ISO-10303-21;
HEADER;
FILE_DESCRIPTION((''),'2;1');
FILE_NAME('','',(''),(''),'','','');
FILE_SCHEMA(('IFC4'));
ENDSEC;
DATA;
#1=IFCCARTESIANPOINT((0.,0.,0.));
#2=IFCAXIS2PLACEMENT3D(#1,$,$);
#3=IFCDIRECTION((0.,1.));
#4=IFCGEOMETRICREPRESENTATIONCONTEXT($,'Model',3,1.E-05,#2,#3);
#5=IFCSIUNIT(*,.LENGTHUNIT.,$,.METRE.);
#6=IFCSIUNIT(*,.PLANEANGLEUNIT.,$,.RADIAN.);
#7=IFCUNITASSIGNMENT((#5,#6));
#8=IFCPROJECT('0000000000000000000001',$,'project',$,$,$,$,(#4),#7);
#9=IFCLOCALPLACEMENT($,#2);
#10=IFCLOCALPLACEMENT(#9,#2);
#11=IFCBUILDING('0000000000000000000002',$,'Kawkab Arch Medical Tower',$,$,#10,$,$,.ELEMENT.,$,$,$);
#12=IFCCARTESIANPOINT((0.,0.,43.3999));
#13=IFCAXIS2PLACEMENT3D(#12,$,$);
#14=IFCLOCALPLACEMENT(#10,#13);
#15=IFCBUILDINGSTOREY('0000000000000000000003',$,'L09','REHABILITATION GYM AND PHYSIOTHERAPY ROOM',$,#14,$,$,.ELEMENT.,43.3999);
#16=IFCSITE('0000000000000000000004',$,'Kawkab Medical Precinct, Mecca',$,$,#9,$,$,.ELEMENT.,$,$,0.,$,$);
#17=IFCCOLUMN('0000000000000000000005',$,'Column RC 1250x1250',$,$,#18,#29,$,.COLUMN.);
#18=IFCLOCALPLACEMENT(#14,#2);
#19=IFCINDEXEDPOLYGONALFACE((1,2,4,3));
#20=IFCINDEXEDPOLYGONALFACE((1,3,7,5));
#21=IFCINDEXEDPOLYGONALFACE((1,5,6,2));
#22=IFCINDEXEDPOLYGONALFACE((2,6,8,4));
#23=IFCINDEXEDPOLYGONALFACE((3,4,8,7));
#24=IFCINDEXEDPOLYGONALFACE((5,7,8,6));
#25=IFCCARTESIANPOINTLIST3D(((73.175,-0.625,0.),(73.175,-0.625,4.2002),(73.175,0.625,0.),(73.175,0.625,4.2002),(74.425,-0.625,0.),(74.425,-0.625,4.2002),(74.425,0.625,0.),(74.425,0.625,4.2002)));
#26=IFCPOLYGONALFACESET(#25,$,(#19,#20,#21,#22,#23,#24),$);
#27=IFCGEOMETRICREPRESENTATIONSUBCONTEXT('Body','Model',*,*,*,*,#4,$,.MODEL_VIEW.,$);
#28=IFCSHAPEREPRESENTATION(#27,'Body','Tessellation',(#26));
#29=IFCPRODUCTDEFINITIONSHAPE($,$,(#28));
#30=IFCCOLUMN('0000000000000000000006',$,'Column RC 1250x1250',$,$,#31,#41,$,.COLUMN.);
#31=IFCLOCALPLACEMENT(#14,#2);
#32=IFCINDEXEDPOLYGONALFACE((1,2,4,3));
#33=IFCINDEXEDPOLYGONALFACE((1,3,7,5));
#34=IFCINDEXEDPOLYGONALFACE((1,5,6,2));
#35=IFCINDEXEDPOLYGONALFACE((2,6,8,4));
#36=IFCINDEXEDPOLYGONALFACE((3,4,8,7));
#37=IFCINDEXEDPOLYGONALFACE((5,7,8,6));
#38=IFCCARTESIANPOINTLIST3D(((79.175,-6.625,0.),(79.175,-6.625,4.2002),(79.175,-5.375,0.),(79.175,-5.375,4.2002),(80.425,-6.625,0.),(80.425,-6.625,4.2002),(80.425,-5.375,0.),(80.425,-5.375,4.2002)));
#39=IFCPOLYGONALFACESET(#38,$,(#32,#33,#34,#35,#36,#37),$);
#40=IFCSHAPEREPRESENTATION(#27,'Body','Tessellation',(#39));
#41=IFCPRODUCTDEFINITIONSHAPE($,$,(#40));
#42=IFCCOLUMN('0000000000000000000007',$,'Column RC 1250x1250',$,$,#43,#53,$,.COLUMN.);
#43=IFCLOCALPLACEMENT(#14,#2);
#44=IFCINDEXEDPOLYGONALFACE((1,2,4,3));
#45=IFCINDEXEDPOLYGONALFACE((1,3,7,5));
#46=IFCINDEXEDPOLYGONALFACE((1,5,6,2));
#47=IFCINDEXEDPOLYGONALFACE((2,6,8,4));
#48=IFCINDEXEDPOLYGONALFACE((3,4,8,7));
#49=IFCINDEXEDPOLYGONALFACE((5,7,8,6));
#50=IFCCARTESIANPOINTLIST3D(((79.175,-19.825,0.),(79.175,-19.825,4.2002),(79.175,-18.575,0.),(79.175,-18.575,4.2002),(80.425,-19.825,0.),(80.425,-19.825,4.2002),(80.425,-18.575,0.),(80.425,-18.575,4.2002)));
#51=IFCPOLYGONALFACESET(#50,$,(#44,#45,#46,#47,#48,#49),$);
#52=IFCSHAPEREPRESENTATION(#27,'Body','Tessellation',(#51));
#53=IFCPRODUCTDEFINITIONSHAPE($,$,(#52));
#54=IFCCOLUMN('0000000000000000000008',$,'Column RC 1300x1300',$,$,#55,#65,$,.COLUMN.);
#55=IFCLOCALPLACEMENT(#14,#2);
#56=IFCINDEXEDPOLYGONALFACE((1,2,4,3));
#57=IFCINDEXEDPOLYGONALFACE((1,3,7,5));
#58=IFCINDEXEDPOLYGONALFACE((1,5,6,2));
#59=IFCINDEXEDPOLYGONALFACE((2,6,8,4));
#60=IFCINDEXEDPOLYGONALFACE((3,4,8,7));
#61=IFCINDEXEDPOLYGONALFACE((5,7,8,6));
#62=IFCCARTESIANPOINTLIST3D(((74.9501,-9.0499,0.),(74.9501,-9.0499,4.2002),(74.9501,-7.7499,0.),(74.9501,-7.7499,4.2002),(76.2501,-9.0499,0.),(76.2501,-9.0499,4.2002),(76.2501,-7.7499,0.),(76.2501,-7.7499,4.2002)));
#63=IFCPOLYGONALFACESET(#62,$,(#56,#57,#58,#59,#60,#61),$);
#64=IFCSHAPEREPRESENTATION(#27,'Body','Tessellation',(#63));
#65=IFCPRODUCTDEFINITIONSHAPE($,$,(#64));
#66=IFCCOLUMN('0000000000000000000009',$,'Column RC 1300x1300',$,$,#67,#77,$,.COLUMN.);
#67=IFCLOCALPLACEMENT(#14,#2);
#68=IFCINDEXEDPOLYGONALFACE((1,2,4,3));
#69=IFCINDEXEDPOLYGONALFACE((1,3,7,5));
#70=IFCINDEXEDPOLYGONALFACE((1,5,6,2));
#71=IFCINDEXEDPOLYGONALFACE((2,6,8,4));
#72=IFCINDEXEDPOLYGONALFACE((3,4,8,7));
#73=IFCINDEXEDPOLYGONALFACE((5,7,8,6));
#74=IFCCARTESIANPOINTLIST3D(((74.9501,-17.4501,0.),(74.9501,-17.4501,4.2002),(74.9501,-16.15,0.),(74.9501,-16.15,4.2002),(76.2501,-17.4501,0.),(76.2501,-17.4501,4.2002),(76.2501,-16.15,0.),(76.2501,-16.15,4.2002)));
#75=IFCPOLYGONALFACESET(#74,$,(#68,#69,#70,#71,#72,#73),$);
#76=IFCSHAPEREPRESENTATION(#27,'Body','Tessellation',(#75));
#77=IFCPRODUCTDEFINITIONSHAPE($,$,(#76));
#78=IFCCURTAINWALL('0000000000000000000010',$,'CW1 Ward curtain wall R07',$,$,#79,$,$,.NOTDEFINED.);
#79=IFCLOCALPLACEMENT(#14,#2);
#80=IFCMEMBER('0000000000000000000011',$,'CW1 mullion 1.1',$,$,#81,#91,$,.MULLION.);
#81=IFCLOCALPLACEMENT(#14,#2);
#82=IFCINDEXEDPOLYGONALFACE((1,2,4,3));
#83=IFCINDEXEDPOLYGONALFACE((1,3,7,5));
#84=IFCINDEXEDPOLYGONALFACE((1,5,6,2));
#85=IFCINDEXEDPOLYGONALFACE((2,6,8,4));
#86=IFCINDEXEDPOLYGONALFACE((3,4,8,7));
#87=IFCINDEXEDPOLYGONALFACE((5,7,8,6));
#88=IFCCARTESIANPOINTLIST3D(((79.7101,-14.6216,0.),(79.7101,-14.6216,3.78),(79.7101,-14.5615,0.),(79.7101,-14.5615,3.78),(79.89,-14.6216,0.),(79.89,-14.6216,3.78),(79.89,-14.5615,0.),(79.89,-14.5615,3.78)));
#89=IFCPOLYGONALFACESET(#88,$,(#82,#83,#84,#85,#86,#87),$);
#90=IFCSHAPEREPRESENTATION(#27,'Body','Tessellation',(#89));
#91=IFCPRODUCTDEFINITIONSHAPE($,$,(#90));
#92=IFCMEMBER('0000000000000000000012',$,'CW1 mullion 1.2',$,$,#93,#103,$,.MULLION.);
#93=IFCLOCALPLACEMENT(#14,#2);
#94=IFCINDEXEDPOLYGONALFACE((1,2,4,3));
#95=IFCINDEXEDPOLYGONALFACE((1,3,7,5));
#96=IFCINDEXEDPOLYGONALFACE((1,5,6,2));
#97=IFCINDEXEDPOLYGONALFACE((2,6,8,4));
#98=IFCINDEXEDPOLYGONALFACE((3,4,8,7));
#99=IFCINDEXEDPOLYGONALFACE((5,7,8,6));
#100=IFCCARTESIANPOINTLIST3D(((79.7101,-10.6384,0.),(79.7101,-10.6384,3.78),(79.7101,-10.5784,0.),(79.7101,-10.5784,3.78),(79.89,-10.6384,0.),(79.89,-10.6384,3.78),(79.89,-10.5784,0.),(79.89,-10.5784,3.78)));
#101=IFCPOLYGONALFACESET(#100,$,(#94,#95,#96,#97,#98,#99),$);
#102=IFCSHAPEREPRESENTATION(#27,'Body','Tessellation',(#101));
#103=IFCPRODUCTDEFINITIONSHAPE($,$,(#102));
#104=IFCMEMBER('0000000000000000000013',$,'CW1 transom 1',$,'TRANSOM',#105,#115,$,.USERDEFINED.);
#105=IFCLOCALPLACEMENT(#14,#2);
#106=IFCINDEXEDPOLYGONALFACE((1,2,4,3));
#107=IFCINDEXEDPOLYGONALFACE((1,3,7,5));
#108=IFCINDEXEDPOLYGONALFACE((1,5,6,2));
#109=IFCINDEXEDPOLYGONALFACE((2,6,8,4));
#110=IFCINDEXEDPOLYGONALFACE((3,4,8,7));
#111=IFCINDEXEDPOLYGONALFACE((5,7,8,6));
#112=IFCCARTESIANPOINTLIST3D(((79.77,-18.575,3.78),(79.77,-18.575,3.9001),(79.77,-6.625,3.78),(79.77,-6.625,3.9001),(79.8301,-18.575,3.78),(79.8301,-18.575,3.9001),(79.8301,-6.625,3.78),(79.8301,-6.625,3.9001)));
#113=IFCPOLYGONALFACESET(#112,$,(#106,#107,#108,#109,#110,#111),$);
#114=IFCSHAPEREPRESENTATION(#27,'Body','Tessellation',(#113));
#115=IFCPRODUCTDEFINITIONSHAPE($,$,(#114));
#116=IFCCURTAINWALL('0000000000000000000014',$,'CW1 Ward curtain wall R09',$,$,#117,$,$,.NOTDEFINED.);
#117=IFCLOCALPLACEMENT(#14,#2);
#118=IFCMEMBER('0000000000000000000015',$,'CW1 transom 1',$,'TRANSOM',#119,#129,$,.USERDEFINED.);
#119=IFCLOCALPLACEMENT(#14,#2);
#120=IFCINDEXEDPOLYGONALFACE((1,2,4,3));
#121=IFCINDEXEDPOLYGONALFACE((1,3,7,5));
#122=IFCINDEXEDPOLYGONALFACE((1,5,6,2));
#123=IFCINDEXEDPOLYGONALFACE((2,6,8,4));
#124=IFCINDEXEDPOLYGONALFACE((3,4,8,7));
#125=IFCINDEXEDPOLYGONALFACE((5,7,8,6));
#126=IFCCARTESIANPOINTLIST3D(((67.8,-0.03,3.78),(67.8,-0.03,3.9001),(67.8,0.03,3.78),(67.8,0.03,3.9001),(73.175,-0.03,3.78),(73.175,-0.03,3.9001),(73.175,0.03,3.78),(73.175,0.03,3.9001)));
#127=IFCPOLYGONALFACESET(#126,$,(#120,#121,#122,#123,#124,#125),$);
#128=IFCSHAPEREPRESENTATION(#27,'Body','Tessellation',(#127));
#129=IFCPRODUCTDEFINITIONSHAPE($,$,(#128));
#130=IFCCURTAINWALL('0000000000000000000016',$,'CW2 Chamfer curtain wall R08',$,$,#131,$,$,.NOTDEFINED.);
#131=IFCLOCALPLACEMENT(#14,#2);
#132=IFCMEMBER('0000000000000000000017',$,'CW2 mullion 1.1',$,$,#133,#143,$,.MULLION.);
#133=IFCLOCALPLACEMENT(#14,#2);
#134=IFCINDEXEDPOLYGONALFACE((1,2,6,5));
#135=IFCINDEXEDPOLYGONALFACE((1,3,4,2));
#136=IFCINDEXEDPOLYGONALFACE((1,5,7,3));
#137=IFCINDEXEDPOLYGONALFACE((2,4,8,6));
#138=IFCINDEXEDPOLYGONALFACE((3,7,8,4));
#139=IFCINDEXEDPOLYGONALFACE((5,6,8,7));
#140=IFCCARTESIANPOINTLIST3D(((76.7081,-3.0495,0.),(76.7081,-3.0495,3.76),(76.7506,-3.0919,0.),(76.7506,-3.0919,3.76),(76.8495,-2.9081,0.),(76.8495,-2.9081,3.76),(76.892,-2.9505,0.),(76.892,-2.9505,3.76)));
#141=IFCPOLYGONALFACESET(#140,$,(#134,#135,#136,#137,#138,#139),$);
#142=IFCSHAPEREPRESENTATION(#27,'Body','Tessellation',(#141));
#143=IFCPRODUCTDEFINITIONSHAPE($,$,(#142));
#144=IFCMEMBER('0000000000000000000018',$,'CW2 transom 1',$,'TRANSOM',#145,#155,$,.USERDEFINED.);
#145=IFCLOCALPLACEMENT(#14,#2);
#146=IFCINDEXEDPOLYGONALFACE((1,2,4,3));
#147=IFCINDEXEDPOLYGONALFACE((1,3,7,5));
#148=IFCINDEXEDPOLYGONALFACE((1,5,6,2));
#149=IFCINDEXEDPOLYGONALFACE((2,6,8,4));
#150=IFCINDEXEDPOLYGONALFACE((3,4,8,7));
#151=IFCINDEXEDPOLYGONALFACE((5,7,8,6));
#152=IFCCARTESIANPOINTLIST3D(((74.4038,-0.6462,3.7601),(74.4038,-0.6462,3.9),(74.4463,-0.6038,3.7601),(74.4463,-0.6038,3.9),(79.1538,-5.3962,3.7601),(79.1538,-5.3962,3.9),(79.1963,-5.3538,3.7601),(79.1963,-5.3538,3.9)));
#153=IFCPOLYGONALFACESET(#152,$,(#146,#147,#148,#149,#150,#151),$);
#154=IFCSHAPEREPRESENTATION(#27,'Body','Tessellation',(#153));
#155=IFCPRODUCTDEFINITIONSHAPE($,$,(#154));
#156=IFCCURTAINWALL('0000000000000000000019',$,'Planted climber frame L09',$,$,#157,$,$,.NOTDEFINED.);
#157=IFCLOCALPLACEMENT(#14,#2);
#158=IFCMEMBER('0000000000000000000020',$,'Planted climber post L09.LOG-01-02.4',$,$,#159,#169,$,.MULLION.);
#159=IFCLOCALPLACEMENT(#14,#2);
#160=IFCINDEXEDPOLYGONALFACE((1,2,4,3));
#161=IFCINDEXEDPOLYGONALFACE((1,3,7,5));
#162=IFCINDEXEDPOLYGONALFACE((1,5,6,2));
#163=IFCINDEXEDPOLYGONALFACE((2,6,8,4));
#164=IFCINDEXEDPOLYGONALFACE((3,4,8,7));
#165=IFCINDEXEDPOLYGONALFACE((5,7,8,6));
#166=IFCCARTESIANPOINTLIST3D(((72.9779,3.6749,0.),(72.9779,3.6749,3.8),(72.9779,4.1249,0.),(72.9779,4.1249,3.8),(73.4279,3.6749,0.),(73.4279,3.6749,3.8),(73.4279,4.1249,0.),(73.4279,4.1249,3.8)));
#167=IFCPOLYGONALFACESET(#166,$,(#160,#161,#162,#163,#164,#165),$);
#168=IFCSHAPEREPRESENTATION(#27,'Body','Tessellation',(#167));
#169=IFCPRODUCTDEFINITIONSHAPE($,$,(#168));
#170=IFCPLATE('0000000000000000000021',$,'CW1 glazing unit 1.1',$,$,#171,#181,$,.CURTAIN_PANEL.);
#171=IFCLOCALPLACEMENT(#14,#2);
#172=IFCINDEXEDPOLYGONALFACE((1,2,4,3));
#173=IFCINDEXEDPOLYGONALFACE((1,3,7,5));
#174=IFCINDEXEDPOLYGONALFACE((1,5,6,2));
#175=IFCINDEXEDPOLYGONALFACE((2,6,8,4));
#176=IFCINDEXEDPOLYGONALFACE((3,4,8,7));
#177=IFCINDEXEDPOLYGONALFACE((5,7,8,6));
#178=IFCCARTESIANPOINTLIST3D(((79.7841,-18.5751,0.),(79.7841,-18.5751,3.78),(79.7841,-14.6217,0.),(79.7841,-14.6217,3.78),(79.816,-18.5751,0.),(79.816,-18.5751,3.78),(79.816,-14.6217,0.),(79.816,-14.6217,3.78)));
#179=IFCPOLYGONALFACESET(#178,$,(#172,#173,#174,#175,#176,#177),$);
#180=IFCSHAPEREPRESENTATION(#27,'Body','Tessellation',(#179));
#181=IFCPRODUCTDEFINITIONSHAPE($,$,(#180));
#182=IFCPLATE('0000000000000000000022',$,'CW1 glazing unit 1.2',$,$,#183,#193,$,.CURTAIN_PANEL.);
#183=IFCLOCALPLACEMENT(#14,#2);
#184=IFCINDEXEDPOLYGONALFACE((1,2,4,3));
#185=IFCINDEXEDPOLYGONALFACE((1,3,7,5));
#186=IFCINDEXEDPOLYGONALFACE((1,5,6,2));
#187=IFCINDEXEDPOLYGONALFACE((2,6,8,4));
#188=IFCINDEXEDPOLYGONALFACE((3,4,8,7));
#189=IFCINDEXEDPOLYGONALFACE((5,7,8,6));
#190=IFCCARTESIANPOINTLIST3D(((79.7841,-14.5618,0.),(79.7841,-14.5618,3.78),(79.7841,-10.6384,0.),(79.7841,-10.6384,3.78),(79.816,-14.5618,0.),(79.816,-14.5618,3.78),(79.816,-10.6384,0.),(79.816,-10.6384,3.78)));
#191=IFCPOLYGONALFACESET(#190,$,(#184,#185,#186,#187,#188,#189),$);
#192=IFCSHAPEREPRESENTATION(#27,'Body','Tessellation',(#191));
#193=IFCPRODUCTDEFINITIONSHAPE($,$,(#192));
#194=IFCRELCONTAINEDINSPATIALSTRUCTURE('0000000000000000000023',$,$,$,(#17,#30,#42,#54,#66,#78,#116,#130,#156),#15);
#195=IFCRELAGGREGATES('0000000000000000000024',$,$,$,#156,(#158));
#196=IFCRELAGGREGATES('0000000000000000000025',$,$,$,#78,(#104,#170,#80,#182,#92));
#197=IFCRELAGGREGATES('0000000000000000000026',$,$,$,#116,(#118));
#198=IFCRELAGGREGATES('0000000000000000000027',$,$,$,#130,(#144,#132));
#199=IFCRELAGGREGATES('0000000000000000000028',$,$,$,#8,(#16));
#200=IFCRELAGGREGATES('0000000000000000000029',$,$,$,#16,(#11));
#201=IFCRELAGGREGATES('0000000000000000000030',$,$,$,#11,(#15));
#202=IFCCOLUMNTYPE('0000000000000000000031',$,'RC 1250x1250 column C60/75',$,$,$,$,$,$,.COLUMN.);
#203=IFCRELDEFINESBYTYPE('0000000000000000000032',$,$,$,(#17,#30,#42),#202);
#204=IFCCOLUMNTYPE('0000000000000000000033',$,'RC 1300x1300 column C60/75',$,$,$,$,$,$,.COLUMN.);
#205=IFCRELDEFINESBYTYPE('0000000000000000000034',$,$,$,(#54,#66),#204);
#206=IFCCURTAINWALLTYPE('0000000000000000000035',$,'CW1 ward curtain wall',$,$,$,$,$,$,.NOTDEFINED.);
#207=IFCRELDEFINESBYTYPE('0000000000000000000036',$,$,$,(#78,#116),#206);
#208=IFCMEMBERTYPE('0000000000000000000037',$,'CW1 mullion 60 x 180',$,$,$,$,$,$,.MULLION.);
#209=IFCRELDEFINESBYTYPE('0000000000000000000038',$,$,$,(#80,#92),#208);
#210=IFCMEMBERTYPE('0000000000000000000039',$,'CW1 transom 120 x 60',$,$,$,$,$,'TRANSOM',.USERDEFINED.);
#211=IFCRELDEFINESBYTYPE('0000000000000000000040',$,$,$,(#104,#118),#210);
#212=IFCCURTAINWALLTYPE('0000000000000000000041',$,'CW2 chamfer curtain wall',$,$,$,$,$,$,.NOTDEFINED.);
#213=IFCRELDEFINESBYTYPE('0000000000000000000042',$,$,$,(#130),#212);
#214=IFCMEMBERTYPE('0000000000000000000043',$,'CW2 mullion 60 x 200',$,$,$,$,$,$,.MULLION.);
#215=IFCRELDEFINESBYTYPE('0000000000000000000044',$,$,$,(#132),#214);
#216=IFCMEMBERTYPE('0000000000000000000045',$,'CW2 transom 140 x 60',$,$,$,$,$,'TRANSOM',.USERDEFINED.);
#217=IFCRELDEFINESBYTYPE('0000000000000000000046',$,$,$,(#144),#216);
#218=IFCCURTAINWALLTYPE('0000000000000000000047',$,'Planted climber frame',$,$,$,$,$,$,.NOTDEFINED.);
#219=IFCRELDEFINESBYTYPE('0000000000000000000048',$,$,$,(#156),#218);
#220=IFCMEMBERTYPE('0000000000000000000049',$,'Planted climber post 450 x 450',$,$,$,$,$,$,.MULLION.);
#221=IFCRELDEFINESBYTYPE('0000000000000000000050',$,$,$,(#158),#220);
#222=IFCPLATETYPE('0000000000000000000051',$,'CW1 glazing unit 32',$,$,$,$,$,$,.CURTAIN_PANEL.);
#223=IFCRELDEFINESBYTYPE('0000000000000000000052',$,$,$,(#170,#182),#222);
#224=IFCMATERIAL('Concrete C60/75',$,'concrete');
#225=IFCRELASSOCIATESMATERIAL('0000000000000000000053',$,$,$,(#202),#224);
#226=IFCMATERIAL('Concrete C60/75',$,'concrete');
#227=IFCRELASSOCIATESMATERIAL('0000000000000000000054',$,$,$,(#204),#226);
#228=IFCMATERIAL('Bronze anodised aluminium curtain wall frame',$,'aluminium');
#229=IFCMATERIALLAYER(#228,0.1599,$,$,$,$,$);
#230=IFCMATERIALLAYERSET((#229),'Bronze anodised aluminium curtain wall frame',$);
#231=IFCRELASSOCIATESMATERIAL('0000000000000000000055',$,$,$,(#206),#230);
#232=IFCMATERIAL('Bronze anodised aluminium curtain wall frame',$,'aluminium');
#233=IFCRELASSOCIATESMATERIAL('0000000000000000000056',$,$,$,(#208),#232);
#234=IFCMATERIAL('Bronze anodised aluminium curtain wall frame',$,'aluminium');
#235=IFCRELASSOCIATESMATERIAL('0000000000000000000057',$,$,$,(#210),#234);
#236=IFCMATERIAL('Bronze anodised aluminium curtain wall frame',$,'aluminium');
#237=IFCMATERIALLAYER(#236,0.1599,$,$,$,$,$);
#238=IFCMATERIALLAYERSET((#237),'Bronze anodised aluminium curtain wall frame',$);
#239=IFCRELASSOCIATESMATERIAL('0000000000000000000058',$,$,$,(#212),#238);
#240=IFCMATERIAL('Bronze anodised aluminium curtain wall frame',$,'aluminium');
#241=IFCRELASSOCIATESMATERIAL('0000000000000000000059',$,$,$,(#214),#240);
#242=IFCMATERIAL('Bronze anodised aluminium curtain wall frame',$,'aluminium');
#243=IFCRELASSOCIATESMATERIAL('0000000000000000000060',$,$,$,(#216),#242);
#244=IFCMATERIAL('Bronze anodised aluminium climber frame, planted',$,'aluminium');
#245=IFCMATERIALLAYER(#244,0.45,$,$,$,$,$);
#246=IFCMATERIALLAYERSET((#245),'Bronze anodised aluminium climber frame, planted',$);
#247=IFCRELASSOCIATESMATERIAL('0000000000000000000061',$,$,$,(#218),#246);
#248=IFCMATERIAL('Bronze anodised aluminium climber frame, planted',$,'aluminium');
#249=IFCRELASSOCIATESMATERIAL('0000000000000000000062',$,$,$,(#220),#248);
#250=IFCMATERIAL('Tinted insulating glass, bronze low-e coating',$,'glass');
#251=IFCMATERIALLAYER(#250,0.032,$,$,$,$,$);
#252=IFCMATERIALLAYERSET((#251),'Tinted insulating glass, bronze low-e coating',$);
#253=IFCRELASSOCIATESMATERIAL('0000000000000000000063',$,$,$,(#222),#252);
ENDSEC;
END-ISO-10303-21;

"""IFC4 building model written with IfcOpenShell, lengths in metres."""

from ifc_helpers import new_model, si_unit, direction, frame, origin, origin_2d, place, context, subcontext, project, spatial, rectangle, extrude, material, layer, layer_set, material_profile, profile_set, type_object, element, aggregate, save


model = new_model("IFC4")

# Units and contexts
model_context = context("Model", 3, precision=1e-05, world=origin(), true_north=direction((0.0, 1.0)))
body_context = subcontext(model_context, "Body", "Model", "MODEL_VIEW")
ifc_project = project(units=[si_unit("LENGTHUNIT", "METRE"), si_unit("PLANEANGLEUNIT", "RADIAN")], contexts=[model_context])

# Site, building, storey
site_placement = place(None, origin())
site = spatial("IfcSite", under=ifc_project, at=site_placement, Name="Kawkab Medical Precinct, Mecca", CompositionType="ELEMENT", RefElevation=0.0)
building_placement = place(site_placement, origin())
building = spatial("IfcBuilding", under=site, at=building_placement, Name="Kawkab Arch Medical Tower", CompositionType="ELEMENT")
storey_placement = place(building_placement, frame((0.0, 0.0, 43.3999)))
storey = spatial("IfcBuildingStorey", under=building, at=storey_placement, Name="L09", Description="REHABILITATION GYM AND PHYSIOTHERAPY ROOM", CompositionType="ELEMENT", Elevation=43.3999)

# Columns
ifc_material_1 = material(Name="Concrete C60/75", Category="concrete")
ifc_material_profile_1 = material_profile(ifc_material_1, rectangle(XDim=1.25, YDim=1.25, at=origin_2d()), Name="RC 1250x1250")
ifc_profile_set_1 = profile_set([ifc_material_profile_1], Name="Concrete C60/75")
column_type_1 = type_object("IfcColumnType", Name="RC 1250x1250 column C60/75", PredefinedType="COLUMN", material=ifc_profile_set_1)
for number, where, z_axis, x_axis, name in (
    (1, (73.8, 0.0, 0.0), (0.0, 0.0, 1.0), (1.0, 0.0, 0.0), "Column RC 1250x1250"),
    (2, (79.8, -6.0, 0.0), (0.0, 0.0, 1.0), (1.0, 0.0, 0.0), "Column RC 1250x1250"),
    (3, (79.8, -19.2, 0.0), (0.0, 0.0, 1.0), (1.0, 0.0, 0.0), "Column RC 1250x1250"),
):
    element("IfcColumn", number, at=place(storey_placement, frame(where, z_axis=z_axis, x_axis=x_axis)), inside=storey, type_object=column_type_1, Name=name, PredefinedType="COLUMN", context=body_context, shape_type="SweptSolid", body=[
        extrude(rectangle(XDim=1.25, YDim=1.25, at=origin_2d()), origin(), (0.0, 0.0, 1.0), 4.2002),
    ])
ifc_material_2 = material(Name="Concrete C60/75", Category="concrete")
ifc_material_profile_2 = material_profile(ifc_material_2, rectangle(XDim=1.3, YDim=1.3, at=origin_2d()), Name="RC 1300x1300")
ifc_profile_set_2 = profile_set([ifc_material_profile_2], Name="Concrete C60/75")
column_type_2 = type_object("IfcColumnType", Name="RC 1300x1300 column C60/75", PredefinedType="COLUMN", material=ifc_profile_set_2)
for number, where, z_axis, x_axis, name in (
    (4, (75.6001, -8.3999, 0.0), (0.0, 0.0, 1.0), (1.0, 0.0, 0.0), "Column RC 1300x1300"),
    (5, (75.6001, -16.8, 0.0), (0.0, 0.0, 1.0), (1.0, 0.0, 0.0), "Column RC 1300x1300"),
):
    element("IfcColumn", number, at=place(storey_placement, frame(where, z_axis=z_axis, x_axis=x_axis)), inside=storey, type_object=column_type_2, Name=name, PredefinedType="COLUMN", context=body_context, shape_type="SweptSolid", body=[
        extrude(rectangle(XDim=1.3, YDim=1.3, at=origin_2d()), origin(), (0.0, 0.0, 1.0), 4.2002),
    ])

# Curtain wall, members
ifc_material_3 = material(Name="Bronze anodised aluminium curtain wall frame", Category="aluminium")
ifc_layer_1 = layer(ifc_material_3, 0.1599)
ifc_layer_set_1 = layer_set([ifc_layer_1], Name="Bronze anodised aluminium curtain wall frame")
curtain_wall_type_1 = type_object("IfcCurtainWallType", Name="CW1 ward curtain wall", PredefinedType="NOTDEFINED", material=ifc_layer_set_1)
placement = place(storey_placement, origin())
curtain_wall_1 = element("IfcCurtainWall", 6, at=placement, inside=storey, type_object=curtain_wall_type_1, Name="CW1 Ward curtain wall R07", PredefinedType="NOTDEFINED")
ifc_material_4 = material(Name="Bronze anodised aluminium curtain wall frame", Category="aluminium")
ifc_material_profile_3 = material_profile(ifc_material_4, rectangle(XDim=0.1799, YDim=0.0601, at=origin_2d()), Name="AL 60x180")
ifc_profile_set_3 = profile_set([ifc_material_profile_3], Name="Bronze anodised aluminium curtain wall frame")
member_type_1 = type_object("IfcMemberType", Name="CW1 mullion 60 x 180", PredefinedType="MULLION", material=ifc_profile_set_3)
member_1_placement = place(storey_placement, frame((79.8, -14.5916, 0.0), z_axis=(0.0, 0.0, 1.0), x_axis=(-1.0, 0.0, 0.0)))
member_1 = element("IfcMember", 7, at=member_1_placement, type_object=member_type_1, Name="CW1 mullion 1.1", PredefinedType="MULLION", context=body_context, shape_type="SweptSolid", body=[
    extrude(rectangle(XDim=0.1799, YDim=0.0601, at=origin_2d()), origin(), (0.0, 0.0, 1.0), 3.78),
])
member_2_placement = place(storey_placement, frame((79.8, -10.6084, 0.0), z_axis=(0.0, 0.0, 1.0), x_axis=(-1.0, 0.0, 0.0)))
member_2 = element("IfcMember", 8, at=member_2_placement, type_object=member_type_1, Name="CW1 mullion 1.2", PredefinedType="MULLION", context=body_context, shape_type="SweptSolid", body=[
    extrude(rectangle(XDim=0.1799, YDim=0.0601, at=origin_2d()), origin(), (0.0, 0.0, 1.0), 3.78),
])
ifc_material_5 = material(Name="Bronze anodised aluminium curtain wall frame", Category="aluminium")
ifc_material_profile_4 = material_profile(ifc_material_5, rectangle(XDim=0.0601, YDim=0.1201, at=origin_2d()), Name="AL 60x120")
ifc_profile_set_4 = profile_set([ifc_material_profile_4], Name="Bronze anodised aluminium curtain wall frame")
member_type_2 = type_object("IfcMemberType", Name="CW1 transom 120 x 60", ElementType="TRANSOM", PredefinedType="USERDEFINED", material=ifc_profile_set_4)
member_3_placement = place(storey_placement, frame((79.8, -18.575, 3.8401), z_axis=(0.0, 1.0, 0.0), x_axis=(-1.0, 0.0, 0.0)))
member_3 = element("IfcMember", 9, at=member_3_placement, type_object=member_type_2, Name="CW1 transom 1", ObjectType="TRANSOM", PredefinedType="USERDEFINED", context=body_context, shape_type="SweptSolid", body=[
    extrude(rectangle(XDim=0.0601, YDim=0.1201, at=origin_2d()), origin(), (0.0, 0.0, 1.0), 11.95),
])

# Curtain wall, member
curtain_wall_2 = element("IfcCurtainWall", 10, at=placement, inside=storey, type_object=curtain_wall_type_1, Name="CW1 Ward curtain wall R09", PredefinedType="NOTDEFINED")
member_4_placement = place(storey_placement, frame((73.175, 0.0, 3.8401), z_axis=(-1.0, 0.0, 0.0), x_axis=(0.0, -1.0, 0.0)))
member_4 = element("IfcMember", 11, at=member_4_placement, type_object=member_type_2, Name="CW1 transom 1", ObjectType="TRANSOM", PredefinedType="USERDEFINED", context=body_context, shape_type="SweptSolid", body=[
    extrude(rectangle(XDim=0.0601, YDim=0.1201, at=origin_2d()), origin(), (0.0, 0.0, 1.0), 5.375),
])

# Curtain wall, members
ifc_material_6 = material(Name="Bronze anodised aluminium curtain wall frame", Category="aluminium")
ifc_layer_2 = layer(ifc_material_6, 0.1599)
ifc_layer_set_2 = layer_set([ifc_layer_2], Name="Bronze anodised aluminium curtain wall frame")
curtain_wall_type_2 = type_object("IfcCurtainWallType", Name="CW2 chamfer curtain wall", PredefinedType="NOTDEFINED", material=ifc_layer_set_2)
curtain_wall_3 = element("IfcCurtainWall", 12, at=placement, inside=storey, type_object=curtain_wall_type_2, Name="CW2 Chamfer curtain wall R08", PredefinedType="NOTDEFINED")
ifc_material_7 = material(Name="Bronze anodised aluminium curtain wall frame", Category="aluminium")
ifc_material_profile_5 = material_profile(ifc_material_7, rectangle(XDim=0.2, YDim=0.0601, at=origin_2d()), Name="AL 60x200")
ifc_profile_set_5 = profile_set([ifc_material_profile_5], Name="Bronze anodised aluminium curtain wall frame")
member_type_3 = type_object("IfcMemberType", Name="CW2 mullion 60 x 200", PredefinedType="MULLION", material=ifc_profile_set_5)
member_5_placement = place(storey_placement, frame((76.8, -3.0, 0.0), z_axis=(0.0, 0.0, 1.0), x_axis=(-0.707107, -0.707107, 0.0)))
member_5 = element("IfcMember", 13, at=member_5_placement, type_object=member_type_3, Name="CW2 mullion 1.1", PredefinedType="MULLION", context=body_context, shape_type="SweptSolid", body=[
    extrude(rectangle(XDim=0.2, YDim=0.0601, at=origin_2d()), origin(), (0.0, 0.0, 1.0), 3.76),
])
ifc_material_8 = material(Name="Bronze anodised aluminium curtain wall frame", Category="aluminium")
ifc_material_profile_6 = material_profile(ifc_material_8, rectangle(XDim=0.0601, YDim=0.1399, at=origin_2d()), Name="AL 60x140")
ifc_profile_set_6 = profile_set([ifc_material_profile_6], Name="Bronze anodised aluminium curtain wall frame")
member_type_4 = type_object("IfcMemberType", Name="CW2 transom 140 x 60", ElementType="TRANSOM", PredefinedType="USERDEFINED", material=ifc_profile_set_6)
member_6_placement = place(storey_placement, frame((79.175, -5.375, 3.8301), z_axis=(-0.707107, 0.707107, 0.0), x_axis=(-0.707107, -0.707107, 0.0)))
member_6 = element("IfcMember", 14, at=member_6_placement, type_object=member_type_4, Name="CW2 transom 1", ObjectType="TRANSOM", PredefinedType="USERDEFINED", context=body_context, shape_type="SweptSolid", body=[
    extrude(rectangle(XDim=0.0601, YDim=0.1399, at=origin_2d()), origin(), (0.0, 0.0, 1.0), 6.7175),
])

# Curtain wall, member
ifc_material_9 = material(Name="Bronze anodised aluminium climber frame, planted", Category="aluminium")
ifc_layer_3 = layer(ifc_material_9, 0.45)
ifc_layer_set_3 = layer_set([ifc_layer_3], Name="Bronze anodised aluminium climber frame, planted")
curtain_wall_type_3 = type_object("IfcCurtainWallType", Name="Planted climber frame", PredefinedType="NOTDEFINED", material=ifc_layer_set_3)
curtain_wall_4 = element("IfcCurtainWall", 15, at=placement, inside=storey, type_object=curtain_wall_type_3, Name="Planted climber frame L09", PredefinedType="NOTDEFINED")
ifc_material_10 = material(Name="Bronze anodised aluminium climber frame, planted", Category="aluminium")
ifc_material_profile_7 = material_profile(ifc_material_10, rectangle(XDim=0.45, YDim=0.45, at=origin_2d()), Name="Post 450x450")
ifc_profile_set_7 = profile_set([ifc_material_profile_7], Name="Bronze anodised aluminium climber frame, planted")
member_type_5 = type_object("IfcMemberType", Name="Planted climber post 450 x 450", PredefinedType="MULLION", material=ifc_profile_set_7)
member_7_placement = place(storey_placement, frame((73.2029, 3.8999, 0.0), z_axis=(0.0, 0.0, 1.0), x_axis=(1.0, 0.0, 0.0)))
member_7 = element("IfcMember", 16, at=member_7_placement, type_object=member_type_5, Name="Planted climber post L09.LOG-01-02.4", PredefinedType="MULLION", context=body_context, shape_type="SweptSolid", body=[
    extrude(rectangle(XDim=0.45, YDim=0.45, at=origin_2d()), origin(), (0.0, 0.0, 1.0), 3.8),
])
aggregate(curtain_wall_4, [member_7])

# Plates
ifc_material_11 = material(Name="Tinted insulating glass, bronze low-e coating", Category="glass")
ifc_layer_4 = layer(ifc_material_11, 0.032)
ifc_layer_set_4 = layer_set([ifc_layer_4], Name="Tinted insulating glass, bronze low-e coating")
plate_type_1 = type_object("IfcPlateType", Name="CW1 glazing unit 32", PredefinedType="CURTAIN_PANEL", material=ifc_layer_set_4)
plate_1_placement = place(storey_placement, frame((79.8, -16.5984, 0.0), z_axis=(0.0, 0.0, 1.0), x_axis=(0.0, 1.0, 0.0)))
plate_1 = element("IfcPlate", 17, at=plate_1_placement, type_object=plate_type_1, Name="CW1 glazing unit 1.1", PredefinedType="CURTAIN_PANEL", context=body_context, shape_type="SweptSolid", body=[
    extrude(rectangle(XDim=3.9534, YDim=0.032, at=origin_2d()), origin(), (0.0, 0.0, 1.0), 3.78),
])
plate_2_placement = place(storey_placement, frame((79.8, -12.6001, 0.0), z_axis=(0.0, 0.0, 1.0), x_axis=(0.0, 1.0, 0.0)))
plate_2 = element("IfcPlate", 18, at=plate_2_placement, type_object=plate_type_1, Name="CW1 glazing unit 1.2", PredefinedType="CURTAIN_PANEL", context=body_context, shape_type="SweptSolid", body=[
    extrude(rectangle(XDim=3.9233, YDim=0.032, at=origin_2d()), origin(), (0.0, 0.0, 1.0), 3.78),
])
aggregate(curtain_wall_1, [member_3, plate_1, member_1, plate_2, member_2])
aggregate(curtain_wall_2, [member_4])
aggregate(curtain_wall_3, [member_6, member_5])

save(model, "model.ifc")
